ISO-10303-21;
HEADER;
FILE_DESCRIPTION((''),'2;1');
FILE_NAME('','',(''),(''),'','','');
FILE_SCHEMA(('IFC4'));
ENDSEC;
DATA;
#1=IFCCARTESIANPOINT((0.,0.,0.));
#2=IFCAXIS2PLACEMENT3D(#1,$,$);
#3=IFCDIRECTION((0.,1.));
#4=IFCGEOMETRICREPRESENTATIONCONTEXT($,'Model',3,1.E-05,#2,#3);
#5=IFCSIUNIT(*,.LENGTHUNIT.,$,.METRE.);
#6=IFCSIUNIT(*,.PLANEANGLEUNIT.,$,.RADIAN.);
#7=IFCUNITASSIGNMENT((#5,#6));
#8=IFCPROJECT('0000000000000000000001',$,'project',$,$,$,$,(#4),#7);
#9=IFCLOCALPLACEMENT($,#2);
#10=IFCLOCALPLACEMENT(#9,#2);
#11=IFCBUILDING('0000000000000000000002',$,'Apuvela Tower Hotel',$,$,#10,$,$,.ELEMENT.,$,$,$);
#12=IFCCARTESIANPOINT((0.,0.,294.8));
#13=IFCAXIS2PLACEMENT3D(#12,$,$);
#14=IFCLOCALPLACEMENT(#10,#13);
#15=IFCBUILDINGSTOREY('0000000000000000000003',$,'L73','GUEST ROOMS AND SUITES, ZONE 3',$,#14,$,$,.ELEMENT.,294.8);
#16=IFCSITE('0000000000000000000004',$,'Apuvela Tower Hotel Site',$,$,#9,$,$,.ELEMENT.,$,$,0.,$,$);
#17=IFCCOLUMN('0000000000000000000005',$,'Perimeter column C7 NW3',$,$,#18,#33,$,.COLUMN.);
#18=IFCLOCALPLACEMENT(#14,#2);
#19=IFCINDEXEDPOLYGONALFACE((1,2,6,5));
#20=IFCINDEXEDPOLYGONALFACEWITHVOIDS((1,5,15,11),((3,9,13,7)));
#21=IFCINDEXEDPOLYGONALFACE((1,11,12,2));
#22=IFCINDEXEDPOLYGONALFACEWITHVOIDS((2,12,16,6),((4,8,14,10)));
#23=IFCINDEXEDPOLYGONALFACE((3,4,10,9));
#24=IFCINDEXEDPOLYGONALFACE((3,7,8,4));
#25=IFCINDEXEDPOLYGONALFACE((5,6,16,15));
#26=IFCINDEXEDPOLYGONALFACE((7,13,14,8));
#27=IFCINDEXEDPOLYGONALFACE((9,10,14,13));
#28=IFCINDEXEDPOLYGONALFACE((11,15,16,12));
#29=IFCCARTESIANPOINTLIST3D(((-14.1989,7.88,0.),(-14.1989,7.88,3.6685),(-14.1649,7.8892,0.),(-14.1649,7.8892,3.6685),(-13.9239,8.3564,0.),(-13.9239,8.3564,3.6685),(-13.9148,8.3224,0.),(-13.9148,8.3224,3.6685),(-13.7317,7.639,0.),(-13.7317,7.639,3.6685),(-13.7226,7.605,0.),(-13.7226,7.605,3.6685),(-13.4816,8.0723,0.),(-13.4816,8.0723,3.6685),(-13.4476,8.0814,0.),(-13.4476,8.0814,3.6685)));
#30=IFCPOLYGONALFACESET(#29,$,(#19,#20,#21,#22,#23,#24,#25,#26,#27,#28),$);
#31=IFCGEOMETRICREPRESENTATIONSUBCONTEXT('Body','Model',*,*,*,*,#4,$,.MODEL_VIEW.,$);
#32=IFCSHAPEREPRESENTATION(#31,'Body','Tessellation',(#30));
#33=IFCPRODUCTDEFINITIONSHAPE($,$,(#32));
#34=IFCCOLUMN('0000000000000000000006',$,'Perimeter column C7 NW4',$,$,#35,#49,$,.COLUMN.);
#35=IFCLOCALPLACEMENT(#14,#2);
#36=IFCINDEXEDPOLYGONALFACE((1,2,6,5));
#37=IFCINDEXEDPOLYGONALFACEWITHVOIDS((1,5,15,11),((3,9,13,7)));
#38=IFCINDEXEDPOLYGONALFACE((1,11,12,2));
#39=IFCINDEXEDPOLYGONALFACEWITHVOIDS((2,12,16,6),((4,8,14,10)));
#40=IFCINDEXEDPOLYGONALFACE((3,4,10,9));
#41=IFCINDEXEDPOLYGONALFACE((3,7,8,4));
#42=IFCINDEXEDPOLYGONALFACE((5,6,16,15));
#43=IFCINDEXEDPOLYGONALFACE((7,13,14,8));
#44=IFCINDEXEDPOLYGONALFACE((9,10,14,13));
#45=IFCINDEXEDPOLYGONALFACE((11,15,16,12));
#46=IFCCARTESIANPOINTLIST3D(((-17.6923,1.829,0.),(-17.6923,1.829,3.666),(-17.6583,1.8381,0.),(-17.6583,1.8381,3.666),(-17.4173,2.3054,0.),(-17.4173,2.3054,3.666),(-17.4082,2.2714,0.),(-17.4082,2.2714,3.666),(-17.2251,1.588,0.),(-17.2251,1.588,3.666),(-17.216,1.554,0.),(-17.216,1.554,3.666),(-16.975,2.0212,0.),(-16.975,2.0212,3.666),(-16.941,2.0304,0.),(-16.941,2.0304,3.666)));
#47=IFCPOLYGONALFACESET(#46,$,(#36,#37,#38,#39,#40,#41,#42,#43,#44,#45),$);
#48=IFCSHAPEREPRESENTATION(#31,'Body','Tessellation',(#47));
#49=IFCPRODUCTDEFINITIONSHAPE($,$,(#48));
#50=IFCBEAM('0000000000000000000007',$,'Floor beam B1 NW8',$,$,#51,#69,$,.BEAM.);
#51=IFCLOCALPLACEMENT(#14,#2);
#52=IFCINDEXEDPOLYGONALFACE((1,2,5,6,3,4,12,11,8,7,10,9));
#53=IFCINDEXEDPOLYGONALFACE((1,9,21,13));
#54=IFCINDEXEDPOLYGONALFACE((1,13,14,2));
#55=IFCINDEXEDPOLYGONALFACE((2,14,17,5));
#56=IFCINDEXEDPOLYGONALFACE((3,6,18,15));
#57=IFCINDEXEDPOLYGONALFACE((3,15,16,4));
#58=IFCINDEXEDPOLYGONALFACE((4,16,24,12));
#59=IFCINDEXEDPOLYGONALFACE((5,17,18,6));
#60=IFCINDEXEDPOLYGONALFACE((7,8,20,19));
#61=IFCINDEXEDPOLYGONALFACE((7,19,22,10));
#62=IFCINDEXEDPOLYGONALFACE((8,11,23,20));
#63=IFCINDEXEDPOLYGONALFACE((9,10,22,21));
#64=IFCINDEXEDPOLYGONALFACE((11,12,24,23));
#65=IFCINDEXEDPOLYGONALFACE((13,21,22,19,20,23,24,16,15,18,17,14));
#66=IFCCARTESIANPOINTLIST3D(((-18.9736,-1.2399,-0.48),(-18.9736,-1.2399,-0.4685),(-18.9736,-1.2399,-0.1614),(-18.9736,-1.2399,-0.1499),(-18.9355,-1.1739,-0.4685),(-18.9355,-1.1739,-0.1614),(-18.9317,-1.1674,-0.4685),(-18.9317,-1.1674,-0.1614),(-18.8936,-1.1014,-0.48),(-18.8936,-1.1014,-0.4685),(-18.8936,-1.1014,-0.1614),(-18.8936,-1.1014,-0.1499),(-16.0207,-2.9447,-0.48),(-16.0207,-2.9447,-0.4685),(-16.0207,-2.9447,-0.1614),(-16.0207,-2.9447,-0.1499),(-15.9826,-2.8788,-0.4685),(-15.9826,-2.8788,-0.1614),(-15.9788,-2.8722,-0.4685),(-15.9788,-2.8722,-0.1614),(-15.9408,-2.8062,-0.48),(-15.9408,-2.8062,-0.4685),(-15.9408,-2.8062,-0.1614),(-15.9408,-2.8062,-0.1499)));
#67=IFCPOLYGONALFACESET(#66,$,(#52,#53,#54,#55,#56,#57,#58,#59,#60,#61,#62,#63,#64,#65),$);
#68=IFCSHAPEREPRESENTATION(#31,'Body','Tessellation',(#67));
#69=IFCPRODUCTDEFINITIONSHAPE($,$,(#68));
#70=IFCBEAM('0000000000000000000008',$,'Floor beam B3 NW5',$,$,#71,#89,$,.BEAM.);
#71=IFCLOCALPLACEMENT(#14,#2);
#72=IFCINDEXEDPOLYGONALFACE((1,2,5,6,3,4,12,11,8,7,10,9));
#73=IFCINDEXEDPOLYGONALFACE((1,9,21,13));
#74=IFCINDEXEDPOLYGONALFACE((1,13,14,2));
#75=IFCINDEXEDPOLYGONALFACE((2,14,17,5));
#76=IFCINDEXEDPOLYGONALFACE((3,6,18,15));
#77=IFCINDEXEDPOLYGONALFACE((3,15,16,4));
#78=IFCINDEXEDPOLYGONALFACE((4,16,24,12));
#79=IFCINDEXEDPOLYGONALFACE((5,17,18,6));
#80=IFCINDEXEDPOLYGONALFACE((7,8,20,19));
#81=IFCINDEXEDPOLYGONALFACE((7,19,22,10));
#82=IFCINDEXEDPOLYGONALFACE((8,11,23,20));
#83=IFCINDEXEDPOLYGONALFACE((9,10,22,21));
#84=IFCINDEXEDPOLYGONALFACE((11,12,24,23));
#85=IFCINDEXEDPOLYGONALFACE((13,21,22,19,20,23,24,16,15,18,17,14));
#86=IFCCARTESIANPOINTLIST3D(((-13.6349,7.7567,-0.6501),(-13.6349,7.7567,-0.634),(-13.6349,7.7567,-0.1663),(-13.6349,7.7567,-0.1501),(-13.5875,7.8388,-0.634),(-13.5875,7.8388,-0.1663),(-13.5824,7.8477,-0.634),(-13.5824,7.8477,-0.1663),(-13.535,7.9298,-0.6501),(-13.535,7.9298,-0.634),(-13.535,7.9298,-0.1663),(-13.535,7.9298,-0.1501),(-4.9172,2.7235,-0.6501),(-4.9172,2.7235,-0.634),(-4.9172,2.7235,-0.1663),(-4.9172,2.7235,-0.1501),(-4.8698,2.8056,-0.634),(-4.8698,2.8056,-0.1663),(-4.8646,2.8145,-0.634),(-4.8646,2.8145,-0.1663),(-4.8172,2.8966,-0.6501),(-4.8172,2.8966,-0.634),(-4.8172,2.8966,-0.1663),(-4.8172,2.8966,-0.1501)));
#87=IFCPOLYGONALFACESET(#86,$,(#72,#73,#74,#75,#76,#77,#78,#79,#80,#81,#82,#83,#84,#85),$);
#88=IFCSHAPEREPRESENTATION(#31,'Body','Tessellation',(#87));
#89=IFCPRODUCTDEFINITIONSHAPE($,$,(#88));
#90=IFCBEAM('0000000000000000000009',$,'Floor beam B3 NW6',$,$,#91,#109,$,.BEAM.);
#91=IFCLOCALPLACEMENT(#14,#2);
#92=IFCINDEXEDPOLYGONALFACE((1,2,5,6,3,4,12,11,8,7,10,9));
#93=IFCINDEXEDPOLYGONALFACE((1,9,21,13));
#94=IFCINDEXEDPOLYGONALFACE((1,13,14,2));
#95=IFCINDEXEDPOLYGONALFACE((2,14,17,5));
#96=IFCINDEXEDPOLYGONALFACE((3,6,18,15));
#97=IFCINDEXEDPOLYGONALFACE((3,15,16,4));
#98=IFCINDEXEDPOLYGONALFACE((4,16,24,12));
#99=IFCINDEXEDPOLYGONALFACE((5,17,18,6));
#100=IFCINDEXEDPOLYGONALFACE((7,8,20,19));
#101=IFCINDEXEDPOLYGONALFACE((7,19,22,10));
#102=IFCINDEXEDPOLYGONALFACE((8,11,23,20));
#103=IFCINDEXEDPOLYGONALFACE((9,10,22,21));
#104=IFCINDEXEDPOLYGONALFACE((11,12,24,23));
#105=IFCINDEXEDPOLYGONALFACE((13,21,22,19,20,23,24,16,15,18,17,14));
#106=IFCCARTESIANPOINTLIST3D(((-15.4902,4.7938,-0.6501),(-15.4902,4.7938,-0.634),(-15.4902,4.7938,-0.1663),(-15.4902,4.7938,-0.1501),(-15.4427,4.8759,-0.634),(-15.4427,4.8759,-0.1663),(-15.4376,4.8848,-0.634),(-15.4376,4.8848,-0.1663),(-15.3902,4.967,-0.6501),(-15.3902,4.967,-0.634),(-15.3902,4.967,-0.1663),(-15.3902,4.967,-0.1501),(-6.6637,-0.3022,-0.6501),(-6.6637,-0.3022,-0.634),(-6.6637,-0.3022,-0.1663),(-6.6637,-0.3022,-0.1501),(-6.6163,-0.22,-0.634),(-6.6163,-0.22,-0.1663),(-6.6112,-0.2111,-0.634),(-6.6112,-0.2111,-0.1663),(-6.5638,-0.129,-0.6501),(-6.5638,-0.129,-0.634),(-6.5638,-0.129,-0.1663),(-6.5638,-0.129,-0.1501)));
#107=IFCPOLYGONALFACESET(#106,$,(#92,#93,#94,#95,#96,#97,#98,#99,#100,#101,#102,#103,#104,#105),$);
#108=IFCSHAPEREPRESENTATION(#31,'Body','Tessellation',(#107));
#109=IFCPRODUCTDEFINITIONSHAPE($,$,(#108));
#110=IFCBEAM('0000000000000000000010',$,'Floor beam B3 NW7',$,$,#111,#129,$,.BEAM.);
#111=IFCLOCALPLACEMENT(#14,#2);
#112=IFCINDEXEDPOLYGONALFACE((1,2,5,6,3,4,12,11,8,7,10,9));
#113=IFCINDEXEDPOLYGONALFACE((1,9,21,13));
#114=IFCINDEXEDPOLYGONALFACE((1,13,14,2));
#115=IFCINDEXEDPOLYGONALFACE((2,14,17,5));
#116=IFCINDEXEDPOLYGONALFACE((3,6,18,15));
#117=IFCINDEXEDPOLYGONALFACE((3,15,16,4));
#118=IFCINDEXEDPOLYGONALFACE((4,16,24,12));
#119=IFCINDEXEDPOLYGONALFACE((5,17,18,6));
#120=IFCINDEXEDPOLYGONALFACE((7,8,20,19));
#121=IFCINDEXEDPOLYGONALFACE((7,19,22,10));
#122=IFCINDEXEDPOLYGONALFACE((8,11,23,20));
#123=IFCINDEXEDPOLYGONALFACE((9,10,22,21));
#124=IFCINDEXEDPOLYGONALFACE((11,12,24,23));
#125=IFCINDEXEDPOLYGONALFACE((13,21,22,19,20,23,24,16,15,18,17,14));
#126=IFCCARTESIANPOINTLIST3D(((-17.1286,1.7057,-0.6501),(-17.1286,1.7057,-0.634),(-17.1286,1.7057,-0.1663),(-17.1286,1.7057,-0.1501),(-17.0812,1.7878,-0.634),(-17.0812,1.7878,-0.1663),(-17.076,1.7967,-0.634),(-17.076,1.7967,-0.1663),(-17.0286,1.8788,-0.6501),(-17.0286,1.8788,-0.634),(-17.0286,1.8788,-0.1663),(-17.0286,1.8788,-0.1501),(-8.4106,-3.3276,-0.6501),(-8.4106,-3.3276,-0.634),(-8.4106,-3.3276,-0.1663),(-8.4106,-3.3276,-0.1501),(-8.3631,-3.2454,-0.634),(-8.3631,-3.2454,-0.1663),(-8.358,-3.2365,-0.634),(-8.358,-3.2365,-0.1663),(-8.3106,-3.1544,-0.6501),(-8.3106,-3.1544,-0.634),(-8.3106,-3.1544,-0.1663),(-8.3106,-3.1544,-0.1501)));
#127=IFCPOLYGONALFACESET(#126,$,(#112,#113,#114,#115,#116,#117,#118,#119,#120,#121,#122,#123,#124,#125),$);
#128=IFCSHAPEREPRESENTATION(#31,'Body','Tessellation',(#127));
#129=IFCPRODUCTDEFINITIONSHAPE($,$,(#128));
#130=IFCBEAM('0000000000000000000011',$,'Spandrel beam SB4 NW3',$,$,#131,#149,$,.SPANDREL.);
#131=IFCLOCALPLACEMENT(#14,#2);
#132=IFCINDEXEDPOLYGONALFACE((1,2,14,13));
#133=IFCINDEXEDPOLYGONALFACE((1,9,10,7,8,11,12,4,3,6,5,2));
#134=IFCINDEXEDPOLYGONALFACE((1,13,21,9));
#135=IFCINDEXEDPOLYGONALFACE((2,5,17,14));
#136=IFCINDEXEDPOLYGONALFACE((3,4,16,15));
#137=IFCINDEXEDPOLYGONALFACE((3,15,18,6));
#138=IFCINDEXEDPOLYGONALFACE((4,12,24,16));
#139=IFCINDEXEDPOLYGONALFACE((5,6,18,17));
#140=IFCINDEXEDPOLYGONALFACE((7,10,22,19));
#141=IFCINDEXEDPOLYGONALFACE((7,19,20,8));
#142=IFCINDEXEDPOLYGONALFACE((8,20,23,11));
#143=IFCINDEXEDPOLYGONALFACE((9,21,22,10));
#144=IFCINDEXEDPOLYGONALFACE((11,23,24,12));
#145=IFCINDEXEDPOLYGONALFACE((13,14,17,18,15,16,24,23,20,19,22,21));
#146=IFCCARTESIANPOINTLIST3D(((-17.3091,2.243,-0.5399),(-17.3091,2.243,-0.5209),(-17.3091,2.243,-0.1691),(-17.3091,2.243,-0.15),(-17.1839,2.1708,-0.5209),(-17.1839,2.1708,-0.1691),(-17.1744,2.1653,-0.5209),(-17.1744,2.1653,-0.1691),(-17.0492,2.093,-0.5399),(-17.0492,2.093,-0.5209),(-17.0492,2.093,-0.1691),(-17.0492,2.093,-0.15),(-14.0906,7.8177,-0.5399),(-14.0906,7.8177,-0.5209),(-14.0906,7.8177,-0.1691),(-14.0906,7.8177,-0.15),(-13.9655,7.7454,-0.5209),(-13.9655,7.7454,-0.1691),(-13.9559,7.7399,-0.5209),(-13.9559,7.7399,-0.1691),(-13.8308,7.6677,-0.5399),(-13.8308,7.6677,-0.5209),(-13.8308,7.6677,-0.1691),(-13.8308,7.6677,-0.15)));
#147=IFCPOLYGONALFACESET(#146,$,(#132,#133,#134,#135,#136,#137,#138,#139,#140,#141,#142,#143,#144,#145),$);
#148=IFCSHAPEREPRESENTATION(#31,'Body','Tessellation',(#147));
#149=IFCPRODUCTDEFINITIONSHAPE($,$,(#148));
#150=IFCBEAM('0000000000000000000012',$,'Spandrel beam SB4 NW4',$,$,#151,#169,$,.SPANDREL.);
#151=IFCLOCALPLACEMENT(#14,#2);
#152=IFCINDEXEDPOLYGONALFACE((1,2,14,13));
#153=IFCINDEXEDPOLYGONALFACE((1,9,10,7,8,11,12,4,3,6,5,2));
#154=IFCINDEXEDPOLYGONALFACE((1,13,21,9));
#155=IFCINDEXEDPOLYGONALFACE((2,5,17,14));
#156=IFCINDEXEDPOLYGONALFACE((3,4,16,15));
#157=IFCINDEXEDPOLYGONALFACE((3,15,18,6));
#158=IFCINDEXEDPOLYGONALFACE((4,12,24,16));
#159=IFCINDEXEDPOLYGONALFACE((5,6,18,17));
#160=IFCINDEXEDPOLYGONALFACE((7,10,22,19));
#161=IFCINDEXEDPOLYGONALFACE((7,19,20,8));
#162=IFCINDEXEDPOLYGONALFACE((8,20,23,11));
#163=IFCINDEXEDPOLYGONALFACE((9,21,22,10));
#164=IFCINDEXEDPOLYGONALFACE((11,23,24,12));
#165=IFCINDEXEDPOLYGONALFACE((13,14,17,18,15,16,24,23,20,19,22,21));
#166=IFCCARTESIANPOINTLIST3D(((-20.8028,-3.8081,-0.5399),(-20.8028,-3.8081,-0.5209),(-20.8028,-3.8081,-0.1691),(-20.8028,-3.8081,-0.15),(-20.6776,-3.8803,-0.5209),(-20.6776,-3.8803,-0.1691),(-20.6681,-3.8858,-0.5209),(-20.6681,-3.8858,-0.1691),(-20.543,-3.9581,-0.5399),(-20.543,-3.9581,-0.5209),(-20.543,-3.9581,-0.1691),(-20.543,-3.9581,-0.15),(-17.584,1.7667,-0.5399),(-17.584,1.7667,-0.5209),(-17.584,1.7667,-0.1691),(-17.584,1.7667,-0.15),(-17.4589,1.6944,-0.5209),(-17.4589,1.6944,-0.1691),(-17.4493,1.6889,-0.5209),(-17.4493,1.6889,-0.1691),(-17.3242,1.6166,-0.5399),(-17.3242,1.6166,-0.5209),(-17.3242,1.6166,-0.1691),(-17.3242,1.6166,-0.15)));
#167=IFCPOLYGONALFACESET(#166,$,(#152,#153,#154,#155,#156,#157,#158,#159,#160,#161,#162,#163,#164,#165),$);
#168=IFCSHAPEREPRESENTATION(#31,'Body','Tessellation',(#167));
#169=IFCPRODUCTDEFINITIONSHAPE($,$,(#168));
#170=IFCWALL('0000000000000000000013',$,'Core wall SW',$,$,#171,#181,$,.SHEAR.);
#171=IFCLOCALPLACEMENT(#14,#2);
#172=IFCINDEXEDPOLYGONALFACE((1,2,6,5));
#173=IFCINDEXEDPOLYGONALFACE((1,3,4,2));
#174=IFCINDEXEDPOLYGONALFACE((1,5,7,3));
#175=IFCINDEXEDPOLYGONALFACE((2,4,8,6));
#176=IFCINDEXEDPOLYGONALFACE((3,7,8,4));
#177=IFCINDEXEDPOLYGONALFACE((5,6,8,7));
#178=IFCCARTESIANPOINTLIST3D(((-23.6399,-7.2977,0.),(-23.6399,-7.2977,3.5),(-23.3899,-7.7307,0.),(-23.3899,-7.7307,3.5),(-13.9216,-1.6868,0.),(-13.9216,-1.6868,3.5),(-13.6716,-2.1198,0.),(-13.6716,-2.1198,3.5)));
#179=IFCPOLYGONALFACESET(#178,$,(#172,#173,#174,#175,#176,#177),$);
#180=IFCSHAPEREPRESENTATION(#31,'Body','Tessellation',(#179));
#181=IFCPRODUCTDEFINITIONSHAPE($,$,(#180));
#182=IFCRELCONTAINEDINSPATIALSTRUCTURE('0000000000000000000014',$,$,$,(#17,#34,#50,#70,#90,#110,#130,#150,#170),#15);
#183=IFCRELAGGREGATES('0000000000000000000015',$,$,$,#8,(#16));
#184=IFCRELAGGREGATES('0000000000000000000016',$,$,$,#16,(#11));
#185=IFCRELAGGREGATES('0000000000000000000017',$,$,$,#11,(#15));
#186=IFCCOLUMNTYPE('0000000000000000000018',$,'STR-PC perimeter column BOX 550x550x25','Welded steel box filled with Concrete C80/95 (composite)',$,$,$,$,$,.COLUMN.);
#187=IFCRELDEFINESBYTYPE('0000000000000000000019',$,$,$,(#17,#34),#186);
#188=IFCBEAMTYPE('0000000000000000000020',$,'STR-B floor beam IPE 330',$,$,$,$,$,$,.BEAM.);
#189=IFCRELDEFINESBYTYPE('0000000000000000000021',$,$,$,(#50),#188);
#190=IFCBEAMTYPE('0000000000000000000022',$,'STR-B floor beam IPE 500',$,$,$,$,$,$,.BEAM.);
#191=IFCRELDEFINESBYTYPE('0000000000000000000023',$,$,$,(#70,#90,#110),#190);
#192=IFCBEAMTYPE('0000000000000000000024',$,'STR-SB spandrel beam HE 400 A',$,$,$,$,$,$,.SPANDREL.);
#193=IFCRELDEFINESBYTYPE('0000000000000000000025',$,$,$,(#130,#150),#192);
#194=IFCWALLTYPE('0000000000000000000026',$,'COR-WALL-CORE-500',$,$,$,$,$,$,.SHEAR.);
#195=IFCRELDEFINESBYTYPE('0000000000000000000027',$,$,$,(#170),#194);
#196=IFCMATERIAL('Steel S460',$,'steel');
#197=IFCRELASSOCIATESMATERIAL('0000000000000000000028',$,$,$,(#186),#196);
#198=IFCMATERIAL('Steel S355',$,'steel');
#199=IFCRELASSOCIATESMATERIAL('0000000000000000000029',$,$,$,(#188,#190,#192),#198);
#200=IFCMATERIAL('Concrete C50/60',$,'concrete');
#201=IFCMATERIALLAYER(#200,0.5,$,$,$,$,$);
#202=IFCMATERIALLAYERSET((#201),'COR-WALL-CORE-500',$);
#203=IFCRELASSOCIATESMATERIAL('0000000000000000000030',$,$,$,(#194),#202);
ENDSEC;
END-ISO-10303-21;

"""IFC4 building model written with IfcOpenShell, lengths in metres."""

from ifc_helpers import new_model, si_unit, direction, frame, frame_2d, origin, origin_2d, place, context, subcontext, project, spatial, rectangle, hollow_rectangle, i_section, extrude, boolean, halfspace, material, layer, layer_set, material_profile, profile_set, type_object, element, save


model = new_model("IFC4")

# Units and contexts
model_context = context("Model", 3, precision=1e-05, world=origin(), true_north=direction((0.0, 1.0)))
body_context = subcontext(model_context, "Body", "Model", "MODEL_VIEW")
ifc_project = project(units=[si_unit("LENGTHUNIT", "METRE"), si_unit("PLANEANGLEUNIT", "RADIAN")], contexts=[model_context])

# Site, building, storey
site_placement = place(None, origin())
site = spatial("IfcSite", under=ifc_project, at=site_placement, Name="Apuvela Tower Hotel Site", CompositionType="ELEMENT", RefElevation=0.0)
building_placement = place(site_placement, origin())
building = spatial("IfcBuilding", under=site, at=building_placement, Name="Apuvela Tower Hotel", CompositionType="ELEMENT")
storey_placement = place(building_placement, frame((0.0, 0.0, 294.8)))
storey = spatial("IfcBuildingStorey", under=building, at=storey_placement, Name="L73", Description="GUEST ROOMS AND SUITES, ZONE 3", CompositionType="ELEMENT", Elevation=294.8)

# Columns
ifc_material_1 = material(Name="Steel S460", Category="steel")
ifc_material_profile_1 = material_profile(ifc_material_1, hollow_rectangle(XDim=0.55, YDim=0.55, WallThickness=0.0249, at=origin_2d()), Name="BOX 550x550x25")
ifc_material_2 = material(Name="Concrete C80/95", Category="concrete")
ifc_material_profile_2 = material_profile(ifc_material_2, rectangle(XDim=0.5, YDim=0.5, at=origin_2d()), Name="Concrete C80/95 infill")
ifc_profile_set_1 = profile_set([ifc_material_profile_1, ifc_material_profile_2], Name="Steel S460")
column_type = type_object("IfcColumnType", Name="STR-PC perimeter column BOX 550x550x25", Description="Welded steel box filled with Concrete C80/95 (composite)", PredefinedType="COLUMN", material=ifc_profile_set_1)
column_1_placement = place(storey_placement, frame((-13.8232, 7.9807, 0.0), z_axis=(0.0, 0.0, 1.0), x_axis=(0.5, 0.866025, 0.0)))
element("IfcColumn", 1, at=column_1_placement, inside=storey, type_object=column_type, Name="Perimeter column C7 NW3", PredefinedType="COLUMN", context=body_context, shape_type="SweptSolid", body=[
    boolean("DIFFERENCE", extrude(hollow_rectangle(XDim=0.55, YDim=0.55, WallThickness=0.0249, at=origin_2d()), origin(), (0.0, 0.0, 1.0), 3.7), halfspace(frame((0.0, 0.0, 3.6685), z_axis=(0.0, 0.0, 1.0), x_axis=(1.0, 0.0, 0.0)), False)),
])
column_2_placement = place(storey_placement, frame((-17.3167, 1.9297, 0.0), z_axis=(0.0, 0.0, 1.0), x_axis=(0.5, 0.866025, 0.0)))
element("IfcColumn", 2, at=column_2_placement, inside=storey, type_object=column_type, Name="Perimeter column C7 NW4", PredefinedType="COLUMN", context=body_context, shape_type="SweptSolid", body=[
    boolean("DIFFERENCE", extrude(hollow_rectangle(XDim=0.55, YDim=0.55, WallThickness=0.0249, at=origin_2d()), origin(), (0.0, 0.0, 1.0), 3.7), halfspace(frame((0.0, 0.0, 3.666), z_axis=(0.0, 0.0, 1.0), x_axis=(1.0, 0.0, 0.0)), False)),
])

# Beams
ifc_material_3 = material(Name="Steel S355", Category="steel")
ifc_material_profile_3 = material_profile(ifc_material_3, i_section(OverallWidth=0.1599, OverallDepth=0.3301, WebThickness=0.0076, FlangeThickness=0.0115, at=origin_2d()), Name="IPE 330")
ifc_profile_set_2 = profile_set([ifc_material_profile_3], Name="Steel S355")
beam_type_1 = type_object("IfcBeamType", Name="STR-B floor beam IPE 330", PredefinedType="BEAM", material=ifc_profile_set_2)
beam_1_placement = place(storey_placement, frame((-18.9336, -1.1707, -0.3149), z_axis=(0.866027, -0.499997, 0.0), x_axis=(0.499997, 0.866027, 0.0)))
element("IfcBeam", 3, at=beam_1_placement, inside=storey, type_object=beam_type_1, Name="Floor beam B1 NW8", PredefinedType="BEAM", context=body_context, shape_type="SweptSolid", body=[
    extrude(i_section(OverallWidth=0.1599, OverallDepth=0.3301, WebThickness=0.0076, FlangeThickness=0.0115, at=origin_2d()), origin(), (0.0, 0.0, 1.0), 3.4097),
])
ifc_material_profile_4 = material_profile(ifc_material_3, i_section(OverallWidth=0.2, OverallDepth=0.5, WebThickness=0.0103, FlangeThickness=0.0161, at=origin_2d()), Name="IPE 500")
ifc_profile_set_3 = profile_set([ifc_material_profile_4], Name="Steel S355")
beam_type_2 = type_object("IfcBeamType", Name="STR-B floor beam IPE 500", PredefinedType="BEAM", material=ifc_profile_set_3)
beam_2_placement = place(storey_placement, frame((-13.585, 7.8433, -0.4001), z_axis=(0.866026, -0.5, 0.0), x_axis=(0.5, 0.866026, 0.0)))
element("IfcBeam", 4, at=beam_2_placement, inside=storey, type_object=beam_type_2, Name="Floor beam B3 NW5", PredefinedType="BEAM", context=body_context, shape_type="SweptSolid", body=[
    extrude(i_section(OverallWidth=0.2, OverallDepth=0.5, WebThickness=0.0103, FlangeThickness=0.0161, at=origin_2d()), origin(), (0.0, 0.0, 1.0), 10.0664),
])
beam_3_placement = place(storey_placement, frame((-15.4402, 4.8804, -0.4001), z_axis=(0.866025, -0.500001, 0.0), x_axis=(0.500001, 0.866025, 0.0)))
element("IfcBeam", 5, at=beam_3_placement, inside=storey, type_object=beam_type_2, Name="Floor beam B3 NW6", PredefinedType="BEAM", context=body_context, shape_type="SweptSolid", body=[
    extrude(i_section(OverallWidth=0.2, OverallDepth=0.5, WebThickness=0.0103, FlangeThickness=0.0161, at=origin_2d()), origin(), (0.0, 0.0, 1.0), 10.1919),
])
beam_4_placement = place(storey_placement, frame((-17.0786, 1.7922, -0.4001), z_axis=(0.866032, -0.499989, 0.0), x_axis=(0.499989, 0.866032, 0.0)))
element("IfcBeam", 6, at=beam_4_placement, inside=storey, type_object=beam_type_2, Name="Floor beam B3 NW7", PredefinedType="BEAM", context=body_context, shape_type="SweptSolid", body=[
    extrude(i_section(OverallWidth=0.2, OverallDepth=0.5, WebThickness=0.0103, FlangeThickness=0.0161, at=origin_2d()), origin(), (0.0, 0.0, 1.0), 10.0667),
])
ifc_material_profile_5 = material_profile(ifc_material_3, i_section(OverallWidth=0.3, OverallDepth=0.3899, WebThickness=0.011, FlangeThickness=0.019, at=origin_2d()), Name="HE 400 A")
ifc_profile_set_4 = profile_set([ifc_material_profile_5], Name="Steel S355")
beam_type_3 = type_object("IfcBeamType", Name="STR-SB spandrel beam HE 400 A", PredefinedType="SPANDREL", material=ifc_profile_set_4)
beam_5_placement = place(storey_placement, frame((-13.9607, 7.7427, -0.345), z_axis=(-0.499994, -0.866029, 0.0), x_axis=(0.866029, -0.499994, 0.0)))
element("IfcBeam", 7, at=beam_5_placement, inside=storey, type_object=beam_type_3, Name="Spandrel beam SB4 NW3", PredefinedType="SPANDREL", context=body_context, shape_type="SweptSolid", body=[
    extrude(i_section(OverallWidth=0.3, OverallDepth=0.3899, WebThickness=0.011, FlangeThickness=0.019, at=origin_2d()), origin(), (0.0, 0.0, 1.0), 6.437),
])
beam_6_placement = place(storey_placement, frame((-17.4541, 1.6917, -0.345), z_axis=(-0.500022, -0.866013, 0.0), x_axis=(0.866013, -0.500022, 0.0)))
element("IfcBeam", 8, at=beam_6_placement, inside=storey, type_object=beam_type_3, Name="Spandrel beam SB4 NW4", PredefinedType="SPANDREL", context=body_context, shape_type="SweptSolid", body=[
    extrude(i_section(OverallWidth=0.3, OverallDepth=0.3899, WebThickness=0.011, FlangeThickness=0.019, at=origin_2d()), origin(), (0.0, 0.0, 1.0), 6.4373),
])

# Wall
ifc_material_4 = material(Name="Concrete C50/60", Category="concrete")
ifc_layer_1 = layer(ifc_material_4, 0.5)
ifc_layer_set_1 = layer_set([ifc_layer_1], Name="COR-WALL-CORE-500")
wall_type_1 = type_object("IfcWallType", Name="COR-WALL-CORE-500", PredefinedType="SHEAR", material=ifc_layer_set_1)
wall_1_placement = place(storey_placement, frame((-13.7966, -1.9033, 0.0), z_axis=(0.0, 0.0, 1.0), x_axis=(-0.866025, -0.5, 0.0)))
element("IfcWall", 9, at=wall_1_placement, inside=storey, type_object=wall_type_1, Name="Core wall SW", PredefinedType="SHEAR", context=body_context, shape_type="SweptSolid", body=[
    extrude(rectangle(XDim=11.2217, YDim=0.5, at=frame_2d((5.6108, 0.0))), origin(), (0.0, 0.0, 1.0), 3.5),
])

save(model, "model.ifc")
